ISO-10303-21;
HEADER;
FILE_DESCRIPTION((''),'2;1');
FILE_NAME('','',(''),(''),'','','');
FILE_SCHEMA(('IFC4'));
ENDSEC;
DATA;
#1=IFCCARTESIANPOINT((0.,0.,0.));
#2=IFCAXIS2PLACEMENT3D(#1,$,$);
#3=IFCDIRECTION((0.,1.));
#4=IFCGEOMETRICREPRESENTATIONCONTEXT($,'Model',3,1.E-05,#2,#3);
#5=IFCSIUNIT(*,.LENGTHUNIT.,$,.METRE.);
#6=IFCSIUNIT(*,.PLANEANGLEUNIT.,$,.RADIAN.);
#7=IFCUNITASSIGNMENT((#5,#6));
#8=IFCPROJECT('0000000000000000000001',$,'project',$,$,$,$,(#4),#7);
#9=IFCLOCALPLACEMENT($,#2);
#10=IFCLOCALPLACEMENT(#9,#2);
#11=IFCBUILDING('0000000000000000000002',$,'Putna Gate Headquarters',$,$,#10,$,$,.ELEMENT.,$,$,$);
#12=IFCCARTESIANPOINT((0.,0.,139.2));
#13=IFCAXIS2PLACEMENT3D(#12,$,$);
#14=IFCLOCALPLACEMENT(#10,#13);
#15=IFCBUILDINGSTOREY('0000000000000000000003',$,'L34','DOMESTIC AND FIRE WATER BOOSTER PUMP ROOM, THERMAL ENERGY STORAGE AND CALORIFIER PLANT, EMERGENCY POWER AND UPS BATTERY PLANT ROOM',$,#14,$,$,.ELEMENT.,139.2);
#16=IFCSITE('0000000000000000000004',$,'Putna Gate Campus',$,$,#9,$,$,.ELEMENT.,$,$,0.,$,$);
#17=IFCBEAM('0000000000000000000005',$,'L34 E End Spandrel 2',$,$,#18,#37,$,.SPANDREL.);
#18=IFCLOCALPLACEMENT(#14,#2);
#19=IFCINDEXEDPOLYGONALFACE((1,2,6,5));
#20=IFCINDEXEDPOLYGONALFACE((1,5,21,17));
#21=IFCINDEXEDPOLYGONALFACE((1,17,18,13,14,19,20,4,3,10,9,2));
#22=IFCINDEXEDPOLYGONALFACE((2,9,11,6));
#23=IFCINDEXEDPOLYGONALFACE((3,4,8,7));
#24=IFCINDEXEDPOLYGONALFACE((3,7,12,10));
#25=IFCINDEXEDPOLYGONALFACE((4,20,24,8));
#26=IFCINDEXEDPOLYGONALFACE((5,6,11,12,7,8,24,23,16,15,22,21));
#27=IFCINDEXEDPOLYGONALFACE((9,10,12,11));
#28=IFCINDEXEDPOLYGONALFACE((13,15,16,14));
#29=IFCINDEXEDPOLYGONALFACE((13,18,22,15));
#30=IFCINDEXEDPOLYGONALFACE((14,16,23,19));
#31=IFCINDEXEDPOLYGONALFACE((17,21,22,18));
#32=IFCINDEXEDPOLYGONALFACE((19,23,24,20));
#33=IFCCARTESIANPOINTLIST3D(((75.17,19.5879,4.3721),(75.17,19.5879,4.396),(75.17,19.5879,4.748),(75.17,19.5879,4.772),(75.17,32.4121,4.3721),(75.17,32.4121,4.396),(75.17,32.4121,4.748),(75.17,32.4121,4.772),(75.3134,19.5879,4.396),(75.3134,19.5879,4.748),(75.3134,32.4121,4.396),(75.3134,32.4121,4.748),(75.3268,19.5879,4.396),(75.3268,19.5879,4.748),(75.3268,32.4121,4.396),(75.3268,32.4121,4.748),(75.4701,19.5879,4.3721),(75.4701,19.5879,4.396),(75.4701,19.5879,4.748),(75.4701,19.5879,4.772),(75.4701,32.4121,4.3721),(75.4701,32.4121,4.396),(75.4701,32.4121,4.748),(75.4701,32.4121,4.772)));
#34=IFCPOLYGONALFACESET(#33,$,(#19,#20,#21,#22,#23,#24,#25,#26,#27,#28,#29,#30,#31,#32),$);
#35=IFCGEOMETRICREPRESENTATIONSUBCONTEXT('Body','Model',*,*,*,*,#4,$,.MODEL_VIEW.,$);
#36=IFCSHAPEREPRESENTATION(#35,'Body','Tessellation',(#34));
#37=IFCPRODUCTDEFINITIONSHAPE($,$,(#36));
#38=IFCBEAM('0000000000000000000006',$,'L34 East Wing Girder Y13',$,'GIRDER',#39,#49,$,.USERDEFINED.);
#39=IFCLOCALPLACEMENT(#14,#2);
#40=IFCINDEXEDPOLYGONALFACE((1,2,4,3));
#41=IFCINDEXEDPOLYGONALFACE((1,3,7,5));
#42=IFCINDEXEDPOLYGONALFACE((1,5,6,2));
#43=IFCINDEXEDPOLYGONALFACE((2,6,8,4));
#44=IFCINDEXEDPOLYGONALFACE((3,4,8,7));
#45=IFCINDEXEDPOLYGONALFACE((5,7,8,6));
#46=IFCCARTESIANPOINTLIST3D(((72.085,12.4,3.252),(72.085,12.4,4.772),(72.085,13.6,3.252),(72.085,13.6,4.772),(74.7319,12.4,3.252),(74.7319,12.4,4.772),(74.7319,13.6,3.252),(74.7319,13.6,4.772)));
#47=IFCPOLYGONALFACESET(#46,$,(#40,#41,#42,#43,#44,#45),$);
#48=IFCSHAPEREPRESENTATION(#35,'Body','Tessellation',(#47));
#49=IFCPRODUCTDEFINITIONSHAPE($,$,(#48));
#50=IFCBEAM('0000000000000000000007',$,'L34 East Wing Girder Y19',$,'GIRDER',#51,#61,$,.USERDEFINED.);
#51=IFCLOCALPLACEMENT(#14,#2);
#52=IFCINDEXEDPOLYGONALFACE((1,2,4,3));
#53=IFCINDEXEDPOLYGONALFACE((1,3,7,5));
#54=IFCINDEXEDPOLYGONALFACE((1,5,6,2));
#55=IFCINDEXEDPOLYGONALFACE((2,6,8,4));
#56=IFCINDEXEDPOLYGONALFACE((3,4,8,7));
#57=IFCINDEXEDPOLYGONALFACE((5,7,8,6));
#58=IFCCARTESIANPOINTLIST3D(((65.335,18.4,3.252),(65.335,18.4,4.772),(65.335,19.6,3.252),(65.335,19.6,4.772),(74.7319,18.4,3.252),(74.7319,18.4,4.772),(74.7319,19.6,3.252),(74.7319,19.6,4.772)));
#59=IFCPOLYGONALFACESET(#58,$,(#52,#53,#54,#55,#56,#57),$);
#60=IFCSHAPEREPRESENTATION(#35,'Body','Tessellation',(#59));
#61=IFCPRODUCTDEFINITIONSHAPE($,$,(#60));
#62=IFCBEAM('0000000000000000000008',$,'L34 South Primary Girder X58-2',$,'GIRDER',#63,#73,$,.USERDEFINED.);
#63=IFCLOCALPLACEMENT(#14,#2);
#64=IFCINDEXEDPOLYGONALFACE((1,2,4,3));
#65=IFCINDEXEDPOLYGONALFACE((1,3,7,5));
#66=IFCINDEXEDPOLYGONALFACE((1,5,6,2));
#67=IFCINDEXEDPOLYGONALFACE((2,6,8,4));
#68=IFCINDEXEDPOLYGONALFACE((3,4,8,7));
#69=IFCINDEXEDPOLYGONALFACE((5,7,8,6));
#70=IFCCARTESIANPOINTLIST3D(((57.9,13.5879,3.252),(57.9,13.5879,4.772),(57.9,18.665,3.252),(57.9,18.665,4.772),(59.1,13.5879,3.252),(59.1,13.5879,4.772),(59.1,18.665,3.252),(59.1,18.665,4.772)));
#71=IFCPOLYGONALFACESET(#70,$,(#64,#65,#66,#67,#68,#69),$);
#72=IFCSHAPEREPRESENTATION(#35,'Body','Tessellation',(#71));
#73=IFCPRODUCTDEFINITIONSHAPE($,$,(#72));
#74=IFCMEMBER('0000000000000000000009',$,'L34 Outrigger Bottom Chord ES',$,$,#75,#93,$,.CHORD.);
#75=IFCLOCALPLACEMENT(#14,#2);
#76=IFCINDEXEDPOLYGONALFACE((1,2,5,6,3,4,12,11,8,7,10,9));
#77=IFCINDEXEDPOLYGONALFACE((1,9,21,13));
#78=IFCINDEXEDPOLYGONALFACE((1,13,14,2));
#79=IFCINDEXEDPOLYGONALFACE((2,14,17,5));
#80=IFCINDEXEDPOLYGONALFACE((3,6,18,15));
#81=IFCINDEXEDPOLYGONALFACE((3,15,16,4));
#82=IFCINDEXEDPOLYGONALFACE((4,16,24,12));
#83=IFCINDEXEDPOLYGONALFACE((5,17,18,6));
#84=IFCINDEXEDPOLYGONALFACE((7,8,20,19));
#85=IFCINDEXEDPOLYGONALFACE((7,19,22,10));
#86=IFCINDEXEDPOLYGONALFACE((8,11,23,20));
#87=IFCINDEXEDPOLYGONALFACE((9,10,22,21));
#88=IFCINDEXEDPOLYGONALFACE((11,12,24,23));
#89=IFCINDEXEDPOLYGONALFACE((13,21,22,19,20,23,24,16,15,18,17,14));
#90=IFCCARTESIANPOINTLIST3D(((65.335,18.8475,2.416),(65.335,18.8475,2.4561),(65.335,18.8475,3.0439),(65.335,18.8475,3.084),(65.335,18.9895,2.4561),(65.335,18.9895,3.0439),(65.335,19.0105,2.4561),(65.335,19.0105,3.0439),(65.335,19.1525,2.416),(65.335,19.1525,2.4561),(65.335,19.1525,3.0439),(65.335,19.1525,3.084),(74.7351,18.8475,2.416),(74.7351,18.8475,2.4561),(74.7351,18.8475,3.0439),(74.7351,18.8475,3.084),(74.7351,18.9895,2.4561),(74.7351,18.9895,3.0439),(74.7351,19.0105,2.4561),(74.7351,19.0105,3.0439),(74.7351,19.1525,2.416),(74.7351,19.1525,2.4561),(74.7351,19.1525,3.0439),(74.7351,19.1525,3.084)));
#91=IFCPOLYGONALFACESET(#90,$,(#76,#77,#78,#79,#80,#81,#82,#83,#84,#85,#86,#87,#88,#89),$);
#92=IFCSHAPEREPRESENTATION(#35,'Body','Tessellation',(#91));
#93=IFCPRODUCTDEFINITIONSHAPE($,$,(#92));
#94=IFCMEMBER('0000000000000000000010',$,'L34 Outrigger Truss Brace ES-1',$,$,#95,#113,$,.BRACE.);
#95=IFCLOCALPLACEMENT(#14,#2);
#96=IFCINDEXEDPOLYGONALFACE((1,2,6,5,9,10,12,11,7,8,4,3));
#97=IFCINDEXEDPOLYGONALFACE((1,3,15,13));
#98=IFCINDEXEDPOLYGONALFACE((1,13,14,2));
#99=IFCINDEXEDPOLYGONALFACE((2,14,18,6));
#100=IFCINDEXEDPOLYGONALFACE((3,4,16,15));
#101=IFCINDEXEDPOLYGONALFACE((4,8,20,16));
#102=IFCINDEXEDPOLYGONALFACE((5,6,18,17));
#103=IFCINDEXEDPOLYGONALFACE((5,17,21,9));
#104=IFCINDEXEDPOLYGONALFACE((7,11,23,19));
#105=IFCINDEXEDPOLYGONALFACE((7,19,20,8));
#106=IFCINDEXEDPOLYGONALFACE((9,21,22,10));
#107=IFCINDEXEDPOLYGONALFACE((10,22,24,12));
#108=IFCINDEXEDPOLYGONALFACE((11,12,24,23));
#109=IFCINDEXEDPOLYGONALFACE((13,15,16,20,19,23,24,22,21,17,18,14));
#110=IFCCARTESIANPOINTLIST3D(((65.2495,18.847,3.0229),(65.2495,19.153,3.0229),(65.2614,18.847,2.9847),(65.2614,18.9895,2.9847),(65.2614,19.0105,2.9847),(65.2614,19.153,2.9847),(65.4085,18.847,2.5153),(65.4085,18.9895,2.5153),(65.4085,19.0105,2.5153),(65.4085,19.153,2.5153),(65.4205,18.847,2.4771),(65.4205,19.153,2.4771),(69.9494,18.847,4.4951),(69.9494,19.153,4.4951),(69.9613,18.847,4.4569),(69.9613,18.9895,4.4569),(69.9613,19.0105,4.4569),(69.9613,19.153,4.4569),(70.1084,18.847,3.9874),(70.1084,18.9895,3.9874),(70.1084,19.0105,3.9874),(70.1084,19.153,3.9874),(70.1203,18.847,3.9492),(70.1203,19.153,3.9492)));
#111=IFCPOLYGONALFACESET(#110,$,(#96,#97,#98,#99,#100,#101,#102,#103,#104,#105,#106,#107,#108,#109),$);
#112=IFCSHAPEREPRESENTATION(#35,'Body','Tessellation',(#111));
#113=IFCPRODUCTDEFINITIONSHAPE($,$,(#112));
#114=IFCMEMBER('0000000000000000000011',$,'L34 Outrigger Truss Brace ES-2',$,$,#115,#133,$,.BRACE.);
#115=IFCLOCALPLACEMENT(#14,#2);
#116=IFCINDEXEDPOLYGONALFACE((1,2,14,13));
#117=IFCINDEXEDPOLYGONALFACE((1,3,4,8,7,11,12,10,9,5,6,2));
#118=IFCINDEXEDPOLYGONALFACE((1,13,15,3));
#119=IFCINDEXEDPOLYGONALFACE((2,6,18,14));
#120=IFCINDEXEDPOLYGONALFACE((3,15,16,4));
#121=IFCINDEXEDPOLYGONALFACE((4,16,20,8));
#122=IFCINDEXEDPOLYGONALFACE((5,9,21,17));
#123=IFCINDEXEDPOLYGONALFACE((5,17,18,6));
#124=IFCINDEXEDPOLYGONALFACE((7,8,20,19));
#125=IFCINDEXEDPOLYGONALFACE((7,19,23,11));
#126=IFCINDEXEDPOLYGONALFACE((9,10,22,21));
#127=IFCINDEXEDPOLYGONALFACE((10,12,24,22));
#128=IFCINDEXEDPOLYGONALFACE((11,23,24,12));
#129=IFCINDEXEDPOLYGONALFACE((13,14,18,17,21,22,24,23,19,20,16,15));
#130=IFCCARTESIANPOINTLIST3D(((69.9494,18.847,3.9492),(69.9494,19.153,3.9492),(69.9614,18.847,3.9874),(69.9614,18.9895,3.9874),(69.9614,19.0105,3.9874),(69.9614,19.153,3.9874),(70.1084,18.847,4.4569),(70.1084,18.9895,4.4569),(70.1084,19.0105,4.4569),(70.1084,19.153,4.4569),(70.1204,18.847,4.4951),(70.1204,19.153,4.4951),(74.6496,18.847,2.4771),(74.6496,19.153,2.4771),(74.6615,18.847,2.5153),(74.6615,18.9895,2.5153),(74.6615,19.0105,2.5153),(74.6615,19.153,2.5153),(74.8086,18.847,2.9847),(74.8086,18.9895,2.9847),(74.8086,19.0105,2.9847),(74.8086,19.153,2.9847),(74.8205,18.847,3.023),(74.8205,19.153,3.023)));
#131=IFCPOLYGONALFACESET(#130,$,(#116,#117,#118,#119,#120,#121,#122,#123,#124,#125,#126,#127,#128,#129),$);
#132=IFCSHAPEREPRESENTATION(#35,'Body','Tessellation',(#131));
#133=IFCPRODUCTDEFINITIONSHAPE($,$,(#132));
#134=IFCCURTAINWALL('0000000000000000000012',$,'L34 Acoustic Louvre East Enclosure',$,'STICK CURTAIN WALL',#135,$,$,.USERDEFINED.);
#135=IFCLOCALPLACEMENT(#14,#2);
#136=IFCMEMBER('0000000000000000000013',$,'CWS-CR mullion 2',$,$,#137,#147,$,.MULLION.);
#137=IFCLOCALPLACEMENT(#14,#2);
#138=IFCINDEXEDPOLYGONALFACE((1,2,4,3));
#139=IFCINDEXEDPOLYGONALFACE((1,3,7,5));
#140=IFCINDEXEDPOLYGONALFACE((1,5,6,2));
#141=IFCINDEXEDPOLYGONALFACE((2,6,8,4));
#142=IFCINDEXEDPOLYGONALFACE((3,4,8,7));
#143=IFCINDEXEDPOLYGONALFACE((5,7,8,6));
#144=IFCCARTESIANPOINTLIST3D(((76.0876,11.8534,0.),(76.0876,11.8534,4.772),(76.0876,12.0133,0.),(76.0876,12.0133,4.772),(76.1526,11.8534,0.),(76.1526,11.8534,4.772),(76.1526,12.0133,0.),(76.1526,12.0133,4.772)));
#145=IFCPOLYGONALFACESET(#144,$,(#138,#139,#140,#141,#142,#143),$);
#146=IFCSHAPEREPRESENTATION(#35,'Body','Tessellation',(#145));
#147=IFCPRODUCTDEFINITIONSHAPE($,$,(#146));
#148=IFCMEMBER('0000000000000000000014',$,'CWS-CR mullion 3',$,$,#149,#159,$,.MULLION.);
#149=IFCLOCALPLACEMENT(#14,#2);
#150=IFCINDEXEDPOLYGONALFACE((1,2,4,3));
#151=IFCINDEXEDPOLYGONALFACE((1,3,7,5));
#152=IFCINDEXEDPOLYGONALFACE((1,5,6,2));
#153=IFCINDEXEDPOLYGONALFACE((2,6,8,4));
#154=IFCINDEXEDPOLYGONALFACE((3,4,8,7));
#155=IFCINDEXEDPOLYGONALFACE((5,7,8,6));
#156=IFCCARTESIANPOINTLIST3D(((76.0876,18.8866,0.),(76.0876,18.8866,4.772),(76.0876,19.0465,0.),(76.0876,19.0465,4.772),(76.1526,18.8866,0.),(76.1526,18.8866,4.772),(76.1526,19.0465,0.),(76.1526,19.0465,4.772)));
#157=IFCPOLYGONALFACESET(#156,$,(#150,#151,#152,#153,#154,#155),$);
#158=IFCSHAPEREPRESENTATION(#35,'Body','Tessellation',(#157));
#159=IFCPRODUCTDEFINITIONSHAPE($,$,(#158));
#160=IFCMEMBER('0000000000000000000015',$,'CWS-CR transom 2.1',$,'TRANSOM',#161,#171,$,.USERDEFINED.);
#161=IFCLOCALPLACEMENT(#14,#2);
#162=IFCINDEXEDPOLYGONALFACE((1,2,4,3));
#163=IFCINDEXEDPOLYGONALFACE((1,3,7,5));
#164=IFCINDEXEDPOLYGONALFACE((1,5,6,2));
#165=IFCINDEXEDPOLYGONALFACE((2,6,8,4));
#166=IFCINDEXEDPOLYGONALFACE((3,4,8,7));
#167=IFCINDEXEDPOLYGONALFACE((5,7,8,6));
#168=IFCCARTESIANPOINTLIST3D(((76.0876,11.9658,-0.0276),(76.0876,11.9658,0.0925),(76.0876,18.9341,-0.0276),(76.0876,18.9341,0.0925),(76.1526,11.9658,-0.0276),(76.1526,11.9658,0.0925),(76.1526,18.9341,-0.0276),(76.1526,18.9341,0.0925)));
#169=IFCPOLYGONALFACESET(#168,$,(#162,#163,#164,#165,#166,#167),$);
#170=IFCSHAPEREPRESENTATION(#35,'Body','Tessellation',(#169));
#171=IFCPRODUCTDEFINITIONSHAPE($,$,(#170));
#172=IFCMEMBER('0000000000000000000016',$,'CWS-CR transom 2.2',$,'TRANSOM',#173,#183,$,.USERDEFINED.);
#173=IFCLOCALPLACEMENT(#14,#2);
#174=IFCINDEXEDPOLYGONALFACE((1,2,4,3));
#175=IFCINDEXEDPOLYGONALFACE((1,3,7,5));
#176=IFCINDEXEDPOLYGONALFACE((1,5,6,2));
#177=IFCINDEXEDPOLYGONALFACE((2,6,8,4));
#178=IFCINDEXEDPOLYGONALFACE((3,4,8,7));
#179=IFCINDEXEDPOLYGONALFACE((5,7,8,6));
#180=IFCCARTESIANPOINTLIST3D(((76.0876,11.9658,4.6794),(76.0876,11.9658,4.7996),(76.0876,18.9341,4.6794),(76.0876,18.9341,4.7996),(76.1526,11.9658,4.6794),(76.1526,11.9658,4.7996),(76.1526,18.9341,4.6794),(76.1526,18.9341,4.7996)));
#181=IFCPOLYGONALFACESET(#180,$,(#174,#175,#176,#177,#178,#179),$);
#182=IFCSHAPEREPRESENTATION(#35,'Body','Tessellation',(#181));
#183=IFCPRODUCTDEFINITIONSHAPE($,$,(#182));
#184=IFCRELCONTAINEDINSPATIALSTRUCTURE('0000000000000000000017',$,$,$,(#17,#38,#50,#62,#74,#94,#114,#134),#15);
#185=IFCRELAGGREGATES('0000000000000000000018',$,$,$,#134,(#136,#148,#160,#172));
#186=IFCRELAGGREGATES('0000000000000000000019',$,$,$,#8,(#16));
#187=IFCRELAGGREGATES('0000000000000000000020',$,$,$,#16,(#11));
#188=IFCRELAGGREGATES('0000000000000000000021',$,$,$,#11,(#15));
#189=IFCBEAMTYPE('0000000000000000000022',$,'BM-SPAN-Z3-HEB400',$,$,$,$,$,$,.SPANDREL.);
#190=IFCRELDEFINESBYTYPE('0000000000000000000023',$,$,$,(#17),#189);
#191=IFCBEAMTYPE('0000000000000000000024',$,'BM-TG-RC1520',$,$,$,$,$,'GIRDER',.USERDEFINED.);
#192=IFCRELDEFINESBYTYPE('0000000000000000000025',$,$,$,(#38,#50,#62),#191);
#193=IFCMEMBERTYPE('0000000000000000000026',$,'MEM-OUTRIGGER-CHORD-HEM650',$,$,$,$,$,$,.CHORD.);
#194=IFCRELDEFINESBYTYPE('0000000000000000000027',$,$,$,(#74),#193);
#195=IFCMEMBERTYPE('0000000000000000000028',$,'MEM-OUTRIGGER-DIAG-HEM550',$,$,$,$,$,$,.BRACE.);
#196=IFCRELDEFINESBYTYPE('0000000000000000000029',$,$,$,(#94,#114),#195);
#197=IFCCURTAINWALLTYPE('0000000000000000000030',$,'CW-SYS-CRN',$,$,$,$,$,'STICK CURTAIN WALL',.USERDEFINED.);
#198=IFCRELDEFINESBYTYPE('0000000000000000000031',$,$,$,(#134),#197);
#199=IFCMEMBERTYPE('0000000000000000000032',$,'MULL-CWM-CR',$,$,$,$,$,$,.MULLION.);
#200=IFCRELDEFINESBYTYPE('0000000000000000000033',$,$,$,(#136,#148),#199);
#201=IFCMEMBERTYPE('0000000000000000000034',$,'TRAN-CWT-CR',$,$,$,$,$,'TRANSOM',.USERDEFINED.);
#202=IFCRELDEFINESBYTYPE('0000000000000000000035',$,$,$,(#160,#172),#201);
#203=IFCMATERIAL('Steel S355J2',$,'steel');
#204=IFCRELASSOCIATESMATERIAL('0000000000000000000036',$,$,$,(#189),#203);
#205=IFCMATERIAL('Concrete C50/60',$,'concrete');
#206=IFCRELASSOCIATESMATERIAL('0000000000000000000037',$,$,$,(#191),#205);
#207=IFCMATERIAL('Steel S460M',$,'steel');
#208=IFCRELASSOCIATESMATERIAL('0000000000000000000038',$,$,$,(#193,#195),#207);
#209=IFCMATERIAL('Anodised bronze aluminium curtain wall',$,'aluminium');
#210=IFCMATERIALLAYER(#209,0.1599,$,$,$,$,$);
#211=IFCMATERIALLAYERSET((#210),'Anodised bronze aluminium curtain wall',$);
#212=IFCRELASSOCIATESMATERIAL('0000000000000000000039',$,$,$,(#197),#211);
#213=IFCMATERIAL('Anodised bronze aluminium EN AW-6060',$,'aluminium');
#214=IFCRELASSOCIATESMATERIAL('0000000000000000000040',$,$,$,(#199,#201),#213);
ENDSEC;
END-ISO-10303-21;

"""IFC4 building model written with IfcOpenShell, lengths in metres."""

from ifc_helpers import new_model, si_unit, direction, frame, origin, origin_2d, place, context, subcontext, project, spatial, rectangle, i_section, extrude, material, layer, layer_set, material_profile, profile_set, type_object, element, aggregate, save


model = new_model("IFC4")

# Units and contexts
model_context = context("Model", 3, precision=1e-05, world=origin(), true_north=direction((0.0, 1.0)))
body_context = subcontext(model_context, "Body", "Model", "MODEL_VIEW")
ifc_project = project(units=[si_unit("LENGTHUNIT", "METRE"), si_unit("PLANEANGLEUNIT", "RADIAN")], contexts=[model_context])

# Site, building, storey
site_placement = place(None, origin())
site = spatial("IfcSite", under=ifc_project, at=site_placement, Name="Putna Gate Campus", CompositionType="ELEMENT", RefElevation=0.0)
building_placement = place(site_placement, origin())
building = spatial("IfcBuilding", under=site, at=building_placement, Name="Putna Gate Headquarters", CompositionType="ELEMENT")
storey_placement = place(building_placement, frame((0.0, 0.0, 139.2)))
storey = spatial("IfcBuildingStorey", under=building, at=storey_placement, Name="L34", Description="DOMESTIC AND FIRE WATER BOOSTER PUMP ROOM, THERMAL ENERGY STORAGE AND CALORIFIER PLANT, EMERGENCY POWER AND UPS BATTERY PLANT ROOM", CompositionType="ELEMENT", Elevation=139.2)

# Beams
ifc_material_1 = material(Name="Steel S355J2", Category="steel")
ifc_material_profile_1 = material_profile(ifc_material_1, i_section(OverallWidth=0.3, OverallDepth=0.3999, WebThickness=0.0134, FlangeThickness=0.0239, at=origin_2d()), Name="Steel S355J2")
ifc_profile_set_1 = profile_set([ifc_material_profile_1], Name="Steel S355J2")
beam_type_1 = type_object("IfcBeamType", Name="BM-SPAN-Z3-HEB400", PredefinedType="SPANDREL", material=ifc_profile_set_1)
beam_1_placement = place(storey_placement, frame((75.3201, 19.5879, 4.572), z_axis=(0.0, 1.0, 0.0), x_axis=(-1.0, 0.0, 0.0)))
element("IfcBeam", 1, at=beam_1_placement, inside=storey, type_object=beam_type_1, Name="L34 E End Spandrel 2", PredefinedType="SPANDREL", context=body_context, shape_type="SweptSolid", body=[
    extrude(i_section(OverallWidth=0.3, OverallDepth=0.3999, WebThickness=0.0134, FlangeThickness=0.0239, at=origin_2d()), origin(), (0.0, 0.0, 1.0), 12.8242),
])
ifc_material_2 = material(Name="Concrete C50/60", Category="concrete")
ifc_material_profile_2 = material_profile(ifc_material_2, rectangle(XDim=1.2, YDim=1.52, at=origin_2d()), Name="Concrete C50/60")
ifc_profile_set_2 = profile_set([ifc_material_profile_2], Name="Concrete C50/60")
beam_type_2 = type_object("IfcBeamType", Name="BM-TG-RC1520", ElementType="GIRDER", PredefinedType="USERDEFINED", material=ifc_profile_set_2)
beam_2_placement = place(storey_placement, frame((72.085, 13.0, 4.012), z_axis=(1.0, 0.0, 0.0), x_axis=(0.0, 1.0, 0.0)))
element("IfcBeam", 2, at=beam_2_placement, inside=storey, type_object=beam_type_2, Name="L34 East Wing Girder Y13", ObjectType="GIRDER", PredefinedType="USERDEFINED", context=body_context, shape_type="SweptSolid", body=[
    extrude(rectangle(XDim=1.2, YDim=1.52, at=origin_2d()), origin(), (0.0, 0.0, 1.0), 2.647),
])
beam_3_placement = place(storey_placement, frame((65.335, 19.0, 4.012), z_axis=(1.0, 0.0, 0.0), x_axis=(0.0, 1.0, 0.0)))
element("IfcBeam", 3, at=beam_3_placement, inside=storey, type_object=beam_type_2, Name="L34 East Wing Girder Y19", ObjectType="GIRDER", PredefinedType="USERDEFINED", context=body_context, shape_type="SweptSolid", body=[
    extrude(rectangle(XDim=1.2, YDim=1.52, at=origin_2d()), origin(), (0.0, 0.0, 1.0), 9.397),
])
beam_4_placement = place(storey_placement, frame((58.5, 13.5879, 4.012), z_axis=(0.0, 1.0, 0.0), x_axis=(-1.0, 0.0, 0.0)))
element("IfcBeam", 4, at=beam_4_placement, inside=storey, type_object=beam_type_2, Name="L34 South Primary Girder X58-2", ObjectType="GIRDER", PredefinedType="USERDEFINED", context=body_context, shape_type="SweptSolid", body=[
    extrude(rectangle(XDim=1.2, YDim=1.52, at=origin_2d()), origin(), (0.0, 0.0, 1.0), 5.0771),
])

# Members
ifc_material_3 = material(Name="Steel S460M", Category="steel")
ifc_material_profile_3 = material_profile(ifc_material_3, i_section(OverallWidth=0.3049, OverallDepth=0.668, WebThickness=0.021, FlangeThickness=0.04, at=origin_2d()), Name="Steel S460M")
ifc_profile_set_3 = profile_set([ifc_material_profile_3], Name="Steel S460M")
member_type_1 = type_object("IfcMemberType", Name="MEM-OUTRIGGER-CHORD-HEM650", PredefinedType="CHORD", material=ifc_profile_set_3)
member_1_placement = place(storey_placement, frame((65.335, 19.0, 2.75), z_axis=(1.0, 0.0, 0.0), x_axis=(0.0, 1.0, 0.0)))
element("IfcMember", 5, at=member_1_placement, inside=storey, type_object=member_type_1, Name="L34 Outrigger Bottom Chord ES", PredefinedType="CHORD", context=body_context, shape_type="SweptSolid", body=[
    extrude(i_section(OverallWidth=0.3049, OverallDepth=0.668, WebThickness=0.021, FlangeThickness=0.04, at=origin_2d()), origin(), (0.0, 0.0, 1.0), 9.4001),
])
ifc_material_profile_4 = material_profile(ifc_material_3, i_section(OverallWidth=0.3059, OverallDepth=0.572, WebThickness=0.021, FlangeThickness=0.04, at=origin_2d()), Name="Steel S460M")
ifc_profile_set_4 = profile_set([ifc_material_profile_4], Name="Steel S460M")
member_type_2 = type_object("IfcMemberType", Name="MEM-OUTRIGGER-DIAG-HEM550", PredefinedType="BRACE", material=ifc_profile_set_4)
member_2_placement = place(storey_placement, frame((65.335, 19.0, 2.75), z_axis=(0.954281, 0.0, 0.29891), x_axis=(0.0, 1.0, 0.0)))
element("IfcMember", 6, at=member_2_placement, inside=storey, type_object=member_type_2, Name="L34 Outrigger Truss Brace ES-1", PredefinedType="BRACE", context=body_context, shape_type="SweptSolid", body=[
    extrude(i_section(OverallWidth=0.3059, OverallDepth=0.572, WebThickness=0.021, FlangeThickness=0.04, at=origin_2d()), origin(), (0.0, 0.0, 1.0), 4.925),
])
member_3_placement = place(storey_placement, frame((70.0349, 19.0, 4.2222), z_axis=(0.954286, 0.0, -0.298896), x_axis=(0.0, 1.0, 0.0)))
element("IfcMember", 7, at=member_3_placement, inside=storey, type_object=member_type_2, Name="L34 Outrigger Truss Brace ES-2", PredefinedType="BRACE", context=body_context, shape_type="SweptSolid", body=[
    extrude(i_section(OverallWidth=0.3059, OverallDepth=0.572, WebThickness=0.021, FlangeThickness=0.04, at=origin_2d()), origin(), (0.0, 0.0, 1.0), 4.9253),
])

# Curtain wall, members
ifc_material_4 = material(Name="Anodised bronze aluminium curtain wall", Category="aluminium")
ifc_layer_1 = layer(ifc_material_4, 0.1599)
ifc_layer_set_1 = layer_set([ifc_layer_1], Name="Anodised bronze aluminium curtain wall")
curtain_wall_type = type_object("IfcCurtainWallType", Name="CW-SYS-CRN", ElementType="STICK CURTAIN WALL", PredefinedType="USERDEFINED", material=ifc_layer_set_1)
curtain_wall_placement = place(storey_placement, origin())
curtain_wall = element("IfcCurtainWall", 8, at=curtain_wall_placement, inside=storey, type_object=curtain_wall_type, Name="L34 Acoustic Louvre East Enclosure", ObjectType="STICK CURTAIN WALL", PredefinedType="USERDEFINED")
ifc_material_5 = material(Name="Anodised bronze aluminium EN AW-6060", Category="aluminium")
ifc_material_profile_5 = material_profile(ifc_material_5, rectangle(XDim=0.0649, YDim=0.1599, at=origin_2d()), Name="Anodised bronze aluminium EN AW-6060")
ifc_profile_set_5 = profile_set([ifc_material_profile_5], Name="Anodised bronze aluminium EN AW-6060")
member_type_3 = type_object("IfcMemberType", Name="MULL-CWM-CR", PredefinedType="MULLION", material=ifc_profile_set_5)
member_4_placement = place(storey_placement, frame((76.1201, 11.9333, 0.0), z_axis=(0.0, 0.0, 1.0), x_axis=(-1.0, 0.0, 0.0)))
member_4 = element("IfcMember", 9, at=member_4_placement, type_object=member_type_3, Name="CWS-CR mullion 2", PredefinedType="MULLION", context=body_context, shape_type="SweptSolid", body=[
    extrude(rectangle(XDim=0.0649, YDim=0.1599, at=origin_2d()), origin(), (0.0, 0.0, 1.0), 4.772),
])
member_5_placement = place(storey_placement, frame((76.1201, 18.9666, 0.0), z_axis=(0.0, 0.0, 1.0), x_axis=(-1.0, 0.0, 0.0)))
member_5 = element("IfcMember", 10, at=member_5_placement, type_object=member_type_3, Name="CWS-CR mullion 3", PredefinedType="MULLION", context=body_context, shape_type="SweptSolid", body=[
    extrude(rectangle(XDim=0.0649, YDim=0.1599, at=origin_2d()), origin(), (0.0, 0.0, 1.0), 4.772),
])
ifc_material_profile_6 = material_profile(ifc_material_5, rectangle(XDim=0.0649, YDim=0.1201, at=origin_2d()), Name="Anodised bronze aluminium EN AW-6060")
ifc_profile_set_6 = profile_set([ifc_material_profile_6], Name="Anodised bronze aluminium EN AW-6060")
member_type_4 = type_object("IfcMemberType", Name="TRAN-CWT-CR", ElementType="TRANSOM", PredefinedType="USERDEFINED", material=ifc_profile_set_6)
member_6_placement = place(storey_placement, frame((76.1201, 11.9658, 0.0325), z_axis=(0.0, 1.0, 0.0), x_axis=(-1.0, 0.0, 0.0)))
member_6 = element("IfcMember", 11, at=member_6_placement, type_object=member_type_4, Name="CWS-CR transom 2.1", ObjectType="TRANSOM", PredefinedType="USERDEFINED", context=body_context, shape_type="SweptSolid", body=[
    extrude(rectangle(XDim=0.0649, YDim=0.1201, at=origin_2d()), origin(), (0.0, 0.0, 1.0), 6.9683),
])
member_7_placement = place(storey_placement, frame((76.1201, 11.9658, 4.7395), z_axis=(0.0, 1.0, 0.0), x_axis=(-1.0, 0.0, 0.0)))
member_7 = element("IfcMember", 12, at=member_7_placement, type_object=member_type_4, Name="CWS-CR transom 2.2", ObjectType="TRANSOM", PredefinedType="USERDEFINED", context=body_context, shape_type="SweptSolid", body=[
    extrude(rectangle(XDim=0.0649, YDim=0.1201, at=origin_2d()), origin(), (0.0, 0.0, 1.0), 6.9683),
])
aggregate(curtain_wall, [member_4, member_5, member_6, member_7])

save(model, "model.ifc")
